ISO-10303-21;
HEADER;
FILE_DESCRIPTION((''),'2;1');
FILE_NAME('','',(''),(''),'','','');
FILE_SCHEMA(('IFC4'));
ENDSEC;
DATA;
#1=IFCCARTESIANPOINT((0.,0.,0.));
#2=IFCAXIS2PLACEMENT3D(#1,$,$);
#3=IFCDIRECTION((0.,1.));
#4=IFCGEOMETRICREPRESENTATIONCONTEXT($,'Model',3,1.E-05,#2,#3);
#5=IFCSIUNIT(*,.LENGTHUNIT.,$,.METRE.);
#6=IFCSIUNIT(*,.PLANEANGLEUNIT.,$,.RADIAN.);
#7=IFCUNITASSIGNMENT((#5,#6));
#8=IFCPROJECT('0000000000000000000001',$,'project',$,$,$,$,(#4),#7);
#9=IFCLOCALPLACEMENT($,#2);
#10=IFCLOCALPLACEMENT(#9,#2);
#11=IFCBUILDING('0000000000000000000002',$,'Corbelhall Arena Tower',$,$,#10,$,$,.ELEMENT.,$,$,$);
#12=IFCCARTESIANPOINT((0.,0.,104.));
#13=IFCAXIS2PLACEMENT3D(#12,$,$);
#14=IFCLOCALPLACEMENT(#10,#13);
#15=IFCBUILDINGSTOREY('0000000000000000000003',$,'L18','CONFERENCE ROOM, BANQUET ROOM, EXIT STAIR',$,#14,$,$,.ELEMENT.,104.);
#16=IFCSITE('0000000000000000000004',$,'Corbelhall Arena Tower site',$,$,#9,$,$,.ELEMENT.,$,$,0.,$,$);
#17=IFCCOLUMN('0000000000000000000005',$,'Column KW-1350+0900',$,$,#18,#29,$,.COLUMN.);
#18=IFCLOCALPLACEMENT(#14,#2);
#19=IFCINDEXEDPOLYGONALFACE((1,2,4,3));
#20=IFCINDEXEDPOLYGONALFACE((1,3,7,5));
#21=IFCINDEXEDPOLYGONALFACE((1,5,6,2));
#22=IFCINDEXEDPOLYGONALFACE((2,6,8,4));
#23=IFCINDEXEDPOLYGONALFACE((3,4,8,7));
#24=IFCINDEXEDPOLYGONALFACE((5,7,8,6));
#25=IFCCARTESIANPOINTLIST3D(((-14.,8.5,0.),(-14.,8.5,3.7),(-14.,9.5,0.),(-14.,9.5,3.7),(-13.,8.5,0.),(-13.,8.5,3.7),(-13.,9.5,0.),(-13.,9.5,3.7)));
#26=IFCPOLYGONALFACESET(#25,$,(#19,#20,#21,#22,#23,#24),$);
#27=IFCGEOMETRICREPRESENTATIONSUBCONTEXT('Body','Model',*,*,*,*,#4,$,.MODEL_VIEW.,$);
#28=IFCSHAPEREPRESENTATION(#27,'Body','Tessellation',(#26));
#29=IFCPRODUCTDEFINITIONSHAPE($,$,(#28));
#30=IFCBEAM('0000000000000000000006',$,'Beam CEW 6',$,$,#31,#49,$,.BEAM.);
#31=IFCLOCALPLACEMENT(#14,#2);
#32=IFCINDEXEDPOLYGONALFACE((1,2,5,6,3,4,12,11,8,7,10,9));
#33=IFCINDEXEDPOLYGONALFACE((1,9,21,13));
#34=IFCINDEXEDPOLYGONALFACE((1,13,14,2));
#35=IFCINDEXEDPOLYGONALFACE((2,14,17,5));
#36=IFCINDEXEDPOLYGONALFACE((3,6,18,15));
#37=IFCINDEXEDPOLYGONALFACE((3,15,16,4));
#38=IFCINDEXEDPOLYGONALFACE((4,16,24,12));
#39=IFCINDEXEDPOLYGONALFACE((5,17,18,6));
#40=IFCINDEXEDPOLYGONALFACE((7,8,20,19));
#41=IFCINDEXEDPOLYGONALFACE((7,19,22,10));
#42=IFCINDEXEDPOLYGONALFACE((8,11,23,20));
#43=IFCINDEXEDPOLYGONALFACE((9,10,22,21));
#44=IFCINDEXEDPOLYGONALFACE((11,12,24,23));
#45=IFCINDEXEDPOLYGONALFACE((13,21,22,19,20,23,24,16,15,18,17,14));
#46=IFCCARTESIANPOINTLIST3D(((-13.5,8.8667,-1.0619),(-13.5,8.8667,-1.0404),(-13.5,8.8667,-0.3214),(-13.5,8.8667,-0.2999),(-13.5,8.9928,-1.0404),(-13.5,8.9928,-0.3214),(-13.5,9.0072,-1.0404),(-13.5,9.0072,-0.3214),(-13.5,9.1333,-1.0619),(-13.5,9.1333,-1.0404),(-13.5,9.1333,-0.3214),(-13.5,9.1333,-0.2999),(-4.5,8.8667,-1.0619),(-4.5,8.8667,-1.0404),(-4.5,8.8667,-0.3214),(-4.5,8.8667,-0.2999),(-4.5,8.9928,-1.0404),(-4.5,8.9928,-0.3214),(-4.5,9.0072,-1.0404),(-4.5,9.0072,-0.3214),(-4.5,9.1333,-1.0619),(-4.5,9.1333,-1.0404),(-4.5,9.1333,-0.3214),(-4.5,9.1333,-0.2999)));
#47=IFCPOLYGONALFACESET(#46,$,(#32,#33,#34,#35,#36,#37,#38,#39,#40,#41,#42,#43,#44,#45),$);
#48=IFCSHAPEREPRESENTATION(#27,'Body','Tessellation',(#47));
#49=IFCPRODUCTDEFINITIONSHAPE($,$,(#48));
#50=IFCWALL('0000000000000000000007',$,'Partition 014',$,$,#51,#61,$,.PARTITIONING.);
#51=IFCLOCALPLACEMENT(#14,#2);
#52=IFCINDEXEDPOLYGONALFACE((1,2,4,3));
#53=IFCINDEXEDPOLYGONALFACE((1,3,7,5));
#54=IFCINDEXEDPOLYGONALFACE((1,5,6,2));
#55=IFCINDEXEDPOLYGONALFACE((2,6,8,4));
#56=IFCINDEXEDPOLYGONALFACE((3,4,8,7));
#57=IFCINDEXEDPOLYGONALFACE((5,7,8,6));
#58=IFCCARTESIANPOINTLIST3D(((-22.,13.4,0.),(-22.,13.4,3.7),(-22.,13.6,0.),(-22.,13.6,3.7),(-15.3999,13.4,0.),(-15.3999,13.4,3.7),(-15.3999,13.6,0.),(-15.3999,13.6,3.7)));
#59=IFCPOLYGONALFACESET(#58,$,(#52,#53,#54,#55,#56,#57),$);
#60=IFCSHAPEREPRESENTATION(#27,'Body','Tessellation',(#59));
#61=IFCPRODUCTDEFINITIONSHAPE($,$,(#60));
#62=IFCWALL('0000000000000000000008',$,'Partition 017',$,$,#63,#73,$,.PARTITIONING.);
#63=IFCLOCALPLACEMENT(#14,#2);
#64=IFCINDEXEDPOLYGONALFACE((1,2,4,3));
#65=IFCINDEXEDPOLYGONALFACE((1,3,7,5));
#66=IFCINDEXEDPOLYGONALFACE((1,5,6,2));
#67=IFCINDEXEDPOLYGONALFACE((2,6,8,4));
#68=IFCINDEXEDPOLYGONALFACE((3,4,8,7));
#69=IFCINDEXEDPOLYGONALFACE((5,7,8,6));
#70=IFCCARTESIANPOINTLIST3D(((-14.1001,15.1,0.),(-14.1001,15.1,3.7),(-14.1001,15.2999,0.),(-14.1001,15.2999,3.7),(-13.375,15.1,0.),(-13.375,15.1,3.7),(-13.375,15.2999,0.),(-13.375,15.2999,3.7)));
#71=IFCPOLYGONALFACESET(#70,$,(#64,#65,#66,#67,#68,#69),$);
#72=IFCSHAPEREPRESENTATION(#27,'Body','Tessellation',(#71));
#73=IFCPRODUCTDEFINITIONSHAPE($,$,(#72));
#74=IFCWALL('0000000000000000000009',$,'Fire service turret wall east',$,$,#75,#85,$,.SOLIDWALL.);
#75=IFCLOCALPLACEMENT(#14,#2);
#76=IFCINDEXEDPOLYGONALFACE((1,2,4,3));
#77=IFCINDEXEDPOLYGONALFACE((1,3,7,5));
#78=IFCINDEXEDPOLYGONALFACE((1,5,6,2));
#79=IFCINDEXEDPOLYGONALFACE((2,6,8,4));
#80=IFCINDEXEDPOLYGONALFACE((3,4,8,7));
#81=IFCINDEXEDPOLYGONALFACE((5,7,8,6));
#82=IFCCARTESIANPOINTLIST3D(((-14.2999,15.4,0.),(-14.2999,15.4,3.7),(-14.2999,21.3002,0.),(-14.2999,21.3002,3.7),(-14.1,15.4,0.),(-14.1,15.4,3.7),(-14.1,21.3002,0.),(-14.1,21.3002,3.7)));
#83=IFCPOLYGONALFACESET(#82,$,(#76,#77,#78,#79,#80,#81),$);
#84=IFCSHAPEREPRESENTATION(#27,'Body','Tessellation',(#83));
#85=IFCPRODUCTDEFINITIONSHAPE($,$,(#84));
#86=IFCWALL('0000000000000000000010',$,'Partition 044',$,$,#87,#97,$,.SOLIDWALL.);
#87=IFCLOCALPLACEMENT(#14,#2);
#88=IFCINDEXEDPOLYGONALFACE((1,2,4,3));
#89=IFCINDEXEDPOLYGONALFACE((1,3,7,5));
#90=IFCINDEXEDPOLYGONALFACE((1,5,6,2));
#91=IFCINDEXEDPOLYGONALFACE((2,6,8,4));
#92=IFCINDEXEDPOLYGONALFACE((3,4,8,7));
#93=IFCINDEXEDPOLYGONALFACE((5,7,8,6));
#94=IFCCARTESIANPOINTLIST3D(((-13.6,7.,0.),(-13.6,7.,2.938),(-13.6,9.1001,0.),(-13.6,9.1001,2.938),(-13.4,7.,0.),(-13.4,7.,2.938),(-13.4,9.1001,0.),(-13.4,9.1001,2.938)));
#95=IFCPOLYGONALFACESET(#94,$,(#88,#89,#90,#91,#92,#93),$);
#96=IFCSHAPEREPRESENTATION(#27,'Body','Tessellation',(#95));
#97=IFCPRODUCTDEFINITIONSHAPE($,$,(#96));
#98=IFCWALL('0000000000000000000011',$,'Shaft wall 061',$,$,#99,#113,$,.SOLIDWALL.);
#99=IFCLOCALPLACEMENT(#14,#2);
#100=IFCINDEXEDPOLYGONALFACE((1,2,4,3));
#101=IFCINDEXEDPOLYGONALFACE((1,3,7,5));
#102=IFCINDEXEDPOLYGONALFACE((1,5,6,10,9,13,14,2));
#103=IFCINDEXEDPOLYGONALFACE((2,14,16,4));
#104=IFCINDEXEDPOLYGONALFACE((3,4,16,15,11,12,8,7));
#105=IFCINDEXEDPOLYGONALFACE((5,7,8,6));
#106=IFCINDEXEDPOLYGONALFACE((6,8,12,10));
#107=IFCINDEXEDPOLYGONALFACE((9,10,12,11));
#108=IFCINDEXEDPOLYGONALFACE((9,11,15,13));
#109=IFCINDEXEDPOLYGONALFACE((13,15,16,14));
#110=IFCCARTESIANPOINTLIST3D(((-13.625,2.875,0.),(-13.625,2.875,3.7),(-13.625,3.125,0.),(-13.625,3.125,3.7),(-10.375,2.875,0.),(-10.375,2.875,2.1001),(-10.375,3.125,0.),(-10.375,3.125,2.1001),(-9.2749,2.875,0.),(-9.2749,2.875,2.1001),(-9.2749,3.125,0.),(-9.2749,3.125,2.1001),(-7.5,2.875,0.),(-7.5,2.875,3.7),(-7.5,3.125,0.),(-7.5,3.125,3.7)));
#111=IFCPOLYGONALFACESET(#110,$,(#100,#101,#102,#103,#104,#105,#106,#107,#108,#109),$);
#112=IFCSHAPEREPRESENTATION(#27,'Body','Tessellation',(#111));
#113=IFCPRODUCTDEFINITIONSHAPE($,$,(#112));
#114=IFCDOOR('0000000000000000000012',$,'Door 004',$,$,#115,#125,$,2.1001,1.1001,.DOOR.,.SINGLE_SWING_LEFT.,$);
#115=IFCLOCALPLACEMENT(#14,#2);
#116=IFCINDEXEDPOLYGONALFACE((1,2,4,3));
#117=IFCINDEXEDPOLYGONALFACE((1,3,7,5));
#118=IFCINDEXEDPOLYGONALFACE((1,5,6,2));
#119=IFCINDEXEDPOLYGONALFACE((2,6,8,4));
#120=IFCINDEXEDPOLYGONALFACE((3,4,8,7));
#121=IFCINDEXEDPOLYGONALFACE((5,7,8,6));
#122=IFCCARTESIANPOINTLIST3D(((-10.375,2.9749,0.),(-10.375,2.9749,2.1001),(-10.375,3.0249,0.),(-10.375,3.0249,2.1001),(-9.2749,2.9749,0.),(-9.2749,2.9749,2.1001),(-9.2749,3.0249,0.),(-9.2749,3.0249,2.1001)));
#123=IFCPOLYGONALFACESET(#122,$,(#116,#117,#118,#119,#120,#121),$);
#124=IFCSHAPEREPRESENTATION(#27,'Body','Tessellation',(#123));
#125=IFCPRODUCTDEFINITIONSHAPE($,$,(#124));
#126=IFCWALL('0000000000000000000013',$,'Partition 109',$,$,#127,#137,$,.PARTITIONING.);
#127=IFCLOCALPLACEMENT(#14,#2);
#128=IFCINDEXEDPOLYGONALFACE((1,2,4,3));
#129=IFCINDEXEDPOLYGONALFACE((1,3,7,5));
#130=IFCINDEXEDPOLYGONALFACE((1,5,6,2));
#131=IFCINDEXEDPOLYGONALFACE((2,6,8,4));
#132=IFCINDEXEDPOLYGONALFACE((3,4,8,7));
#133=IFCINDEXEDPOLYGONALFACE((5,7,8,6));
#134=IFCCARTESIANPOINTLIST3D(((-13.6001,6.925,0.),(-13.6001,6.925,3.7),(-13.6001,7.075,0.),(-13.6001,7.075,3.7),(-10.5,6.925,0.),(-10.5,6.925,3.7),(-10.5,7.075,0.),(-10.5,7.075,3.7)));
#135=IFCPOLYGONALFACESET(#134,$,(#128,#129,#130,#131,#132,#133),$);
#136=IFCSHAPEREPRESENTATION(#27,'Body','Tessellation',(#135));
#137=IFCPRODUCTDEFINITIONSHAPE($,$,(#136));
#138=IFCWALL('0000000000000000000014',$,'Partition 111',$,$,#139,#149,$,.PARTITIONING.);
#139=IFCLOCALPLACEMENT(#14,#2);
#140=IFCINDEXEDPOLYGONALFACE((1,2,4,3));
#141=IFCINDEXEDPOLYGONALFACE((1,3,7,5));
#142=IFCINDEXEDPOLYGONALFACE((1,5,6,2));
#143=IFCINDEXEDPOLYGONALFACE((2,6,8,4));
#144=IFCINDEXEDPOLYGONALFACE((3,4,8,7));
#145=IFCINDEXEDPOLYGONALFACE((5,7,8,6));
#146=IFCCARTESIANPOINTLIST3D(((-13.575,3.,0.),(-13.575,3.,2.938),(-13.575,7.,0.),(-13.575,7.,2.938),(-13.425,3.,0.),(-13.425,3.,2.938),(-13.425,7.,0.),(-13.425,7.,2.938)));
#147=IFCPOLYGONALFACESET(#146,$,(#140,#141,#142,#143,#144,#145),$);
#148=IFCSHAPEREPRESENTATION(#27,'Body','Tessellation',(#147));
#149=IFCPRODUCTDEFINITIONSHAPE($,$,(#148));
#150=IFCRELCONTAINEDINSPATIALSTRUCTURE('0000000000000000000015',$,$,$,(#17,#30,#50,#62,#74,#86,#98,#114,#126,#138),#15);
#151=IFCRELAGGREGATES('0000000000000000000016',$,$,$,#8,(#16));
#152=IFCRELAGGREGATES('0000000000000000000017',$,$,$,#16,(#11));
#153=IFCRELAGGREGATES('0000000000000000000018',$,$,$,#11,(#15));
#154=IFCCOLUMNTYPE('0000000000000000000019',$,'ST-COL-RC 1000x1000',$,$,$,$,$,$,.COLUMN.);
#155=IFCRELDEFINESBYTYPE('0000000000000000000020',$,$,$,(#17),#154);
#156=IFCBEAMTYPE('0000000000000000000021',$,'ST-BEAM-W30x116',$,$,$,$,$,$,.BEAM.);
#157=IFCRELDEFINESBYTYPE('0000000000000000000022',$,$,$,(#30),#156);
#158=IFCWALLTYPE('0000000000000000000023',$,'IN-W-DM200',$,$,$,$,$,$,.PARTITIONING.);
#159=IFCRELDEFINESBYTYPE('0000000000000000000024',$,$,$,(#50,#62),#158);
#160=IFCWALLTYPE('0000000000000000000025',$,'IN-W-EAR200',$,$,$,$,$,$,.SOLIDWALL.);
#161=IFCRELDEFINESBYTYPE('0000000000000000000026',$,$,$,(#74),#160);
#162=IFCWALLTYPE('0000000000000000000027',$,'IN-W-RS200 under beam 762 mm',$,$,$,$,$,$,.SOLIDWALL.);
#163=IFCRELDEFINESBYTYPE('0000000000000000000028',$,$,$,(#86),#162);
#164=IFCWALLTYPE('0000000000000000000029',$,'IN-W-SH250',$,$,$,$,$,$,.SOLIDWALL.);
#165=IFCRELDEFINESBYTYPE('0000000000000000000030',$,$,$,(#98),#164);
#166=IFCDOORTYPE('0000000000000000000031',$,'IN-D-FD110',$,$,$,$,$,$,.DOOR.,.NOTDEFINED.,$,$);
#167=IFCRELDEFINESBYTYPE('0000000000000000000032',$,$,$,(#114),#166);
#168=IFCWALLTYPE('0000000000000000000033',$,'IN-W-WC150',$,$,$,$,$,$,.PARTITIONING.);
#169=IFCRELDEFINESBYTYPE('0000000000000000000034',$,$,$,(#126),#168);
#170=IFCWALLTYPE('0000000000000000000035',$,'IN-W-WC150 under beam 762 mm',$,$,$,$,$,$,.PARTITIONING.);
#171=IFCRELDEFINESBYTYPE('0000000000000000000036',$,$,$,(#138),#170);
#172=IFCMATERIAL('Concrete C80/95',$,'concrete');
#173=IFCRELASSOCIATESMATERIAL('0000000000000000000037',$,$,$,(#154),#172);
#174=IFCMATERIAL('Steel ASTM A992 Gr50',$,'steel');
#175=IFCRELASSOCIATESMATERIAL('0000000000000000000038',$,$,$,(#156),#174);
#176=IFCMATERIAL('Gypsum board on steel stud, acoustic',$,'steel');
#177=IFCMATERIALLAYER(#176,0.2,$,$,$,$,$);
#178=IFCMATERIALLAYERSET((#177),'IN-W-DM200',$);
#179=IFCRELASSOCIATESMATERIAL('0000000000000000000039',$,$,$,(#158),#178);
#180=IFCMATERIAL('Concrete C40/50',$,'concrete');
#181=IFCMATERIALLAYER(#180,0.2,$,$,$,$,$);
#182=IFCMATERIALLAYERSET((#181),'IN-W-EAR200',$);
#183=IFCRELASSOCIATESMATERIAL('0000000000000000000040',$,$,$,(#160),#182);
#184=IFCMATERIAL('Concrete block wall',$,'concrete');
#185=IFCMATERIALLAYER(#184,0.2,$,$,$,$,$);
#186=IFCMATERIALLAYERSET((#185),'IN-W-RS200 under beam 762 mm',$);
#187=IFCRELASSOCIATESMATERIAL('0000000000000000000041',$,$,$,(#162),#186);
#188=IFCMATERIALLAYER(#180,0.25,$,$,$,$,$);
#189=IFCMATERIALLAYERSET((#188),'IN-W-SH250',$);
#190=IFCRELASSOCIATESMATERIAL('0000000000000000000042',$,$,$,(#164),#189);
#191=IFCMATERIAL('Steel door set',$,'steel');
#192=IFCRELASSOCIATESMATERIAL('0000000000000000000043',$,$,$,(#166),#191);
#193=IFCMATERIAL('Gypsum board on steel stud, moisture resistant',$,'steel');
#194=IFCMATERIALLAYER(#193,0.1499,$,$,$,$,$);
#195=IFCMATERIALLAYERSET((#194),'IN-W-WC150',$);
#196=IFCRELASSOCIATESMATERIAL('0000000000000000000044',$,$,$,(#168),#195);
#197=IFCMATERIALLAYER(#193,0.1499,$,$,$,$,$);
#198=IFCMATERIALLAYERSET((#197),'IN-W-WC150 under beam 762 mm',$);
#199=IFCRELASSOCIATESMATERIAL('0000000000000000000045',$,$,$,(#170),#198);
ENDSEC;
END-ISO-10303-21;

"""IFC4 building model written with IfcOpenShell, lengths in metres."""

from ifc_helpers import new_model, si_unit, direction, frame, frame_2d, origin, origin_2d, place, context, subcontext, project, spatial, rectangle, i_section, extrude, material, layer, layer_set, material_profile, profile_set, type_object, element, fill, save


model = new_model("IFC4")

# Units and contexts
model_context = context("Model", 3, precision=1e-05, world=origin(), true_north=direction((0.0, 1.0)))
body_context = subcontext(model_context, "Body", "Model", "MODEL_VIEW")
ifc_project = project(units=[si_unit("LENGTHUNIT", "METRE"), si_unit("PLANEANGLEUNIT", "RADIAN")], contexts=[model_context])

# Site, building, storey
site_placement = place(None, origin())
site = spatial("IfcSite", under=ifc_project, at=site_placement, Name="Corbelhall Arena Tower site", CompositionType="ELEMENT", RefElevation=0.0)
building_placement = place(site_placement, origin())
building = spatial("IfcBuilding", under=site, at=building_placement, Name="Corbelhall Arena Tower", CompositionType="ELEMENT")
storey_placement = place(building_placement, frame((0.0, 0.0, 104.0)))
storey = spatial("IfcBuildingStorey", under=building, at=storey_placement, Name="L18", Description="CONFERENCE ROOM, BANQUET ROOM, EXIT STAIR", CompositionType="ELEMENT", Elevation=104.0)

# Column
ifc_material_1 = material(Name="Concrete C80/95", Category="concrete")
ifc_material_profile_1 = material_profile(ifc_material_1, rectangle(XDim=1.0, YDim=1.0, at=origin_2d()))
ifc_profile_set_1 = profile_set([ifc_material_profile_1], Name="Concrete C80/95")
column_type = type_object("IfcColumnType", Name="ST-COL-RC 1000x1000", PredefinedType="COLUMN", material=ifc_profile_set_1)
column_placement = place(storey_placement, frame((-13.5, 9.0, 0.0), z_axis=(0.0, 0.0, 1.0), x_axis=(1.0, 0.0, 0.0)))
element("IfcColumn", 1, at=column_placement, inside=storey, type_object=column_type, Name="Column KW-1350+0900", PredefinedType="COLUMN", context=body_context, shape_type="SweptSolid", body=[
    extrude(rectangle(XDim=1.0, YDim=1.0, at=origin_2d()), origin(), (0.0, 0.0, 1.0), 3.7),
])

# Beam
ifc_material_2 = material(Name="Steel ASTM A992 Gr50", Category="steel")
ifc_material_profile_2 = material_profile(ifc_material_2, i_section(OverallWidth=0.2666, OverallDepth=0.762, WebThickness=0.0144, FlangeThickness=0.0215, at=origin_2d()))
ifc_profile_set_2 = profile_set([ifc_material_profile_2], Name="Steel ASTM A992 Gr50")
beam_type = type_object("IfcBeamType", Name="ST-BEAM-W30x116", PredefinedType="BEAM", material=ifc_profile_set_2)
beam_placement = place(storey_placement, frame((-13.5, 9.0, -0.6809), z_axis=(1.0, 0.0, 0.0), x_axis=(0.0, 1.0, 0.0)))
element("IfcBeam", 2, at=beam_placement, inside=storey, type_object=beam_type, Name="Beam CEW 6", PredefinedType="BEAM", context=body_context, shape_type="SweptSolid", body=[
    extrude(i_section(OverallWidth=0.2666, OverallDepth=0.762, WebThickness=0.0144, FlangeThickness=0.0215, at=origin_2d()), origin(), (0.0, 0.0, 1.0), 9.0),
])

# Shared definitions
ifc_material_3 = material(Name="Gypsum board on steel stud, acoustic", Category="steel")
ifc_layer_1 = layer(ifc_material_3, 0.2)
ifc_layer_set_1 = layer_set([ifc_layer_1], Name="IN-W-DM200")
wall_type_1 = type_object("IfcWallType", Name="IN-W-DM200", PredefinedType="PARTITIONING", material=ifc_layer_set_1)
ifc_material_4 = material(Name="Steel door set", Category="steel")

# Wall
wall_1_placement = place(storey_placement, frame((-15.3999, 13.5, 0.0), z_axis=(0.0, 0.0, 1.0), x_axis=(-1.0, 0.0, 0.0)))
element("IfcWall", 3, at=wall_1_placement, inside=storey, type_object=wall_type_1, Name="Partition 014", PredefinedType="PARTITIONING", context=body_context, shape_type="SweptSolid", body=[
    extrude(rectangle(XDim=6.6001, YDim=0.2, at=frame_2d((3.3, 0.0))), origin(), (0.0, 0.0, 1.0), 3.7),
])

# Walls
wall_2_placement = place(storey_placement, frame((-14.1001, 15.2, 0.0), z_axis=(0.0, 0.0, 1.0), x_axis=(1.0, 0.0, 0.0)))
element("IfcWall", 4, at=wall_2_placement, inside=storey, type_object=wall_type_1, Name="Partition 017", PredefinedType="PARTITIONING", context=body_context, shape_type="SweptSolid", body=[
    extrude(rectangle(XDim=0.7251, YDim=0.2, at=frame_2d((0.3625, 0.0))), origin(), (0.0, 0.0, 1.0), 3.7),
])
ifc_material_5 = material(Name="Concrete C40/50", Category="concrete")
ifc_layer_2 = layer(ifc_material_5, 0.2)
ifc_layer_set_2 = layer_set([ifc_layer_2], Name="IN-W-EAR200")
wall_type_2 = type_object("IfcWallType", Name="IN-W-EAR200", PredefinedType="SOLIDWALL", material=ifc_layer_set_2)
wall_3_placement = place(storey_placement, frame((-14.2, 15.3999, 0.0), z_axis=(0.0, 0.0, 1.0), x_axis=(0.0, 1.0, 0.0)))
element("IfcWall", 5, at=wall_3_placement, inside=storey, type_object=wall_type_2, Name="Fire service turret wall east", PredefinedType="SOLIDWALL", context=body_context, shape_type="SweptSolid", body=[
    extrude(rectangle(XDim=5.9001, YDim=0.2, at=frame_2d((2.9502, 0.0))), origin(), (0.0, 0.0, 1.0), 3.7),
])

# Wall
ifc_material_6 = material(Name="Concrete block wall", Category="concrete")
ifc_layer_3 = layer(ifc_material_6, 0.2)
ifc_layer_set_3 = layer_set([ifc_layer_3], Name="IN-W-RS200 under beam 762 mm")
wall_type_3 = type_object("IfcWallType", Name="IN-W-RS200 under beam 762 mm", PredefinedType="SOLIDWALL", material=ifc_layer_set_3)
wall_4_placement = place(storey_placement, frame((-13.5, 7.0, 0.0), z_axis=(0.0, 0.0, 1.0), x_axis=(0.0, 1.0, 0.0)))
element("IfcWall", 6, at=wall_4_placement, inside=storey, type_object=wall_type_3, Name="Partition 044", PredefinedType="SOLIDWALL", context=body_context, shape_type="SweptSolid", body=[
    extrude(rectangle(XDim=2.1001, YDim=0.2, at=frame_2d((1.05, 0.0))), origin(), (0.0, 0.0, 1.0), 2.938),
])

# Wall, opening, door
ifc_layer_4 = layer(ifc_material_5, 0.25)
ifc_layer_set_4 = layer_set([ifc_layer_4], Name="IN-W-SH250")
wall_type_4 = type_object("IfcWallType", Name="IN-W-SH250", PredefinedType="SOLIDWALL", material=ifc_layer_set_4)
wall_5_placement = place(storey_placement, frame((-13.625, 3.0, 0.0), z_axis=(0.0, 0.0, 1.0), x_axis=(1.0, 0.0, 0.0)))
wall_5 = element("IfcWall", 7, at=wall_5_placement, inside=storey, type_object=wall_type_4, Name="Shaft wall 061", PredefinedType="SOLIDWALL", context=body_context, shape_type="SweptSolid", body=[
    extrude(rectangle(XDim=6.125, YDim=0.25, at=frame_2d((3.0625, 0.0))), origin(), (0.0, 0.0, 1.0), 3.7),
])
opening_1_placement = place(wall_5_placement, frame((3.25, 0.0, 0.0)))
opening_1 = element("IfcOpeningElement", 8, at=opening_1_placement, cuts=wall_5, PredefinedType="OPENING", context=body_context, shape_type="SweptSolid", body=[
    extrude(rectangle(XDim=1.1001, YDim=2.1001, at=frame_2d((0.55, 1.05))), frame((0.0, 0.125, 0.0), z_axis=(0.0, -1.0, 0.0), x_axis=(1.0, 0.0, 0.0)), (0.0, 0.0, 1.0), 0.25),
])
door_type_1 = type_object("IfcDoorType", Name="IN-D-FD110", OperationType="NOTDEFINED", PredefinedType="DOOR", material=ifc_material_4)
door_1_placement = place(opening_1_placement, origin())
door_1 = element("IfcDoor", 9, at=door_1_placement, inside=storey, type_object=door_type_1, Name="Door 004", OperationType="SINGLE_SWING_LEFT", OverallHeight=2.1001, OverallWidth=1.1001, PredefinedType="DOOR", context=body_context, shape_type="SweptSolid", body=[
    extrude(rectangle(XDim=1.1001, YDim=2.1001, at=frame_2d((0.55, 1.05))), frame((0.0, 0.0249, 0.0), z_axis=(0.0, -1.0, 0.0), x_axis=(1.0, 0.0, 0.0)), (0.0, 0.0, 1.0), 0.05),
])
fill(opening_1, door_1)

# Walls
ifc_material_7 = material(Name="Gypsum board on steel stud, moisture resistant", Category="steel")
ifc_layer_5 = layer(ifc_material_7, 0.1499)
ifc_layer_set_5 = layer_set([ifc_layer_5], Name="IN-W-WC150")
wall_type_5 = type_object("IfcWallType", Name="IN-W-WC150", PredefinedType="PARTITIONING", material=ifc_layer_set_5)
wall_6_placement = place(storey_placement, frame((-13.6001, 7.0, 0.0), z_axis=(0.0, 0.0, 1.0), x_axis=(1.0, 0.0, 0.0)))
element("IfcWall", 10, at=wall_6_placement, inside=storey, type_object=wall_type_5, Name="Partition 109", PredefinedType="PARTITIONING", context=body_context, shape_type="SweptSolid", body=[
    extrude(rectangle(XDim=3.1001, YDim=0.1499, at=frame_2d((1.55, 0.0))), origin(), (0.0, 0.0, 1.0), 3.7),
])
ifc_layer_6 = layer(ifc_material_7, 0.1499)
ifc_layer_set_6 = layer_set([ifc_layer_6], Name="IN-W-WC150 under beam 762 mm")
wall_type_6 = type_object("IfcWallType", Name="IN-W-WC150 under beam 762 mm", PredefinedType="PARTITIONING", material=ifc_layer_set_6)
wall_7_placement = place(storey_placement, frame((-13.5, 3.0, 0.0), z_axis=(0.0, 0.0, 1.0), x_axis=(0.0, 1.0, 0.0)))
element("IfcWall", 11, at=wall_7_placement, inside=storey, type_object=wall_type_6, Name="Partition 111", PredefinedType="PARTITIONING", context=body_context, shape_type="SweptSolid", body=[
    extrude(rectangle(XDim=4.0, YDim=0.1499, at=frame_2d((2.0, 0.0))), origin(), (0.0, 0.0, 1.0), 2.938),
])

save(model, "model.ifc")
